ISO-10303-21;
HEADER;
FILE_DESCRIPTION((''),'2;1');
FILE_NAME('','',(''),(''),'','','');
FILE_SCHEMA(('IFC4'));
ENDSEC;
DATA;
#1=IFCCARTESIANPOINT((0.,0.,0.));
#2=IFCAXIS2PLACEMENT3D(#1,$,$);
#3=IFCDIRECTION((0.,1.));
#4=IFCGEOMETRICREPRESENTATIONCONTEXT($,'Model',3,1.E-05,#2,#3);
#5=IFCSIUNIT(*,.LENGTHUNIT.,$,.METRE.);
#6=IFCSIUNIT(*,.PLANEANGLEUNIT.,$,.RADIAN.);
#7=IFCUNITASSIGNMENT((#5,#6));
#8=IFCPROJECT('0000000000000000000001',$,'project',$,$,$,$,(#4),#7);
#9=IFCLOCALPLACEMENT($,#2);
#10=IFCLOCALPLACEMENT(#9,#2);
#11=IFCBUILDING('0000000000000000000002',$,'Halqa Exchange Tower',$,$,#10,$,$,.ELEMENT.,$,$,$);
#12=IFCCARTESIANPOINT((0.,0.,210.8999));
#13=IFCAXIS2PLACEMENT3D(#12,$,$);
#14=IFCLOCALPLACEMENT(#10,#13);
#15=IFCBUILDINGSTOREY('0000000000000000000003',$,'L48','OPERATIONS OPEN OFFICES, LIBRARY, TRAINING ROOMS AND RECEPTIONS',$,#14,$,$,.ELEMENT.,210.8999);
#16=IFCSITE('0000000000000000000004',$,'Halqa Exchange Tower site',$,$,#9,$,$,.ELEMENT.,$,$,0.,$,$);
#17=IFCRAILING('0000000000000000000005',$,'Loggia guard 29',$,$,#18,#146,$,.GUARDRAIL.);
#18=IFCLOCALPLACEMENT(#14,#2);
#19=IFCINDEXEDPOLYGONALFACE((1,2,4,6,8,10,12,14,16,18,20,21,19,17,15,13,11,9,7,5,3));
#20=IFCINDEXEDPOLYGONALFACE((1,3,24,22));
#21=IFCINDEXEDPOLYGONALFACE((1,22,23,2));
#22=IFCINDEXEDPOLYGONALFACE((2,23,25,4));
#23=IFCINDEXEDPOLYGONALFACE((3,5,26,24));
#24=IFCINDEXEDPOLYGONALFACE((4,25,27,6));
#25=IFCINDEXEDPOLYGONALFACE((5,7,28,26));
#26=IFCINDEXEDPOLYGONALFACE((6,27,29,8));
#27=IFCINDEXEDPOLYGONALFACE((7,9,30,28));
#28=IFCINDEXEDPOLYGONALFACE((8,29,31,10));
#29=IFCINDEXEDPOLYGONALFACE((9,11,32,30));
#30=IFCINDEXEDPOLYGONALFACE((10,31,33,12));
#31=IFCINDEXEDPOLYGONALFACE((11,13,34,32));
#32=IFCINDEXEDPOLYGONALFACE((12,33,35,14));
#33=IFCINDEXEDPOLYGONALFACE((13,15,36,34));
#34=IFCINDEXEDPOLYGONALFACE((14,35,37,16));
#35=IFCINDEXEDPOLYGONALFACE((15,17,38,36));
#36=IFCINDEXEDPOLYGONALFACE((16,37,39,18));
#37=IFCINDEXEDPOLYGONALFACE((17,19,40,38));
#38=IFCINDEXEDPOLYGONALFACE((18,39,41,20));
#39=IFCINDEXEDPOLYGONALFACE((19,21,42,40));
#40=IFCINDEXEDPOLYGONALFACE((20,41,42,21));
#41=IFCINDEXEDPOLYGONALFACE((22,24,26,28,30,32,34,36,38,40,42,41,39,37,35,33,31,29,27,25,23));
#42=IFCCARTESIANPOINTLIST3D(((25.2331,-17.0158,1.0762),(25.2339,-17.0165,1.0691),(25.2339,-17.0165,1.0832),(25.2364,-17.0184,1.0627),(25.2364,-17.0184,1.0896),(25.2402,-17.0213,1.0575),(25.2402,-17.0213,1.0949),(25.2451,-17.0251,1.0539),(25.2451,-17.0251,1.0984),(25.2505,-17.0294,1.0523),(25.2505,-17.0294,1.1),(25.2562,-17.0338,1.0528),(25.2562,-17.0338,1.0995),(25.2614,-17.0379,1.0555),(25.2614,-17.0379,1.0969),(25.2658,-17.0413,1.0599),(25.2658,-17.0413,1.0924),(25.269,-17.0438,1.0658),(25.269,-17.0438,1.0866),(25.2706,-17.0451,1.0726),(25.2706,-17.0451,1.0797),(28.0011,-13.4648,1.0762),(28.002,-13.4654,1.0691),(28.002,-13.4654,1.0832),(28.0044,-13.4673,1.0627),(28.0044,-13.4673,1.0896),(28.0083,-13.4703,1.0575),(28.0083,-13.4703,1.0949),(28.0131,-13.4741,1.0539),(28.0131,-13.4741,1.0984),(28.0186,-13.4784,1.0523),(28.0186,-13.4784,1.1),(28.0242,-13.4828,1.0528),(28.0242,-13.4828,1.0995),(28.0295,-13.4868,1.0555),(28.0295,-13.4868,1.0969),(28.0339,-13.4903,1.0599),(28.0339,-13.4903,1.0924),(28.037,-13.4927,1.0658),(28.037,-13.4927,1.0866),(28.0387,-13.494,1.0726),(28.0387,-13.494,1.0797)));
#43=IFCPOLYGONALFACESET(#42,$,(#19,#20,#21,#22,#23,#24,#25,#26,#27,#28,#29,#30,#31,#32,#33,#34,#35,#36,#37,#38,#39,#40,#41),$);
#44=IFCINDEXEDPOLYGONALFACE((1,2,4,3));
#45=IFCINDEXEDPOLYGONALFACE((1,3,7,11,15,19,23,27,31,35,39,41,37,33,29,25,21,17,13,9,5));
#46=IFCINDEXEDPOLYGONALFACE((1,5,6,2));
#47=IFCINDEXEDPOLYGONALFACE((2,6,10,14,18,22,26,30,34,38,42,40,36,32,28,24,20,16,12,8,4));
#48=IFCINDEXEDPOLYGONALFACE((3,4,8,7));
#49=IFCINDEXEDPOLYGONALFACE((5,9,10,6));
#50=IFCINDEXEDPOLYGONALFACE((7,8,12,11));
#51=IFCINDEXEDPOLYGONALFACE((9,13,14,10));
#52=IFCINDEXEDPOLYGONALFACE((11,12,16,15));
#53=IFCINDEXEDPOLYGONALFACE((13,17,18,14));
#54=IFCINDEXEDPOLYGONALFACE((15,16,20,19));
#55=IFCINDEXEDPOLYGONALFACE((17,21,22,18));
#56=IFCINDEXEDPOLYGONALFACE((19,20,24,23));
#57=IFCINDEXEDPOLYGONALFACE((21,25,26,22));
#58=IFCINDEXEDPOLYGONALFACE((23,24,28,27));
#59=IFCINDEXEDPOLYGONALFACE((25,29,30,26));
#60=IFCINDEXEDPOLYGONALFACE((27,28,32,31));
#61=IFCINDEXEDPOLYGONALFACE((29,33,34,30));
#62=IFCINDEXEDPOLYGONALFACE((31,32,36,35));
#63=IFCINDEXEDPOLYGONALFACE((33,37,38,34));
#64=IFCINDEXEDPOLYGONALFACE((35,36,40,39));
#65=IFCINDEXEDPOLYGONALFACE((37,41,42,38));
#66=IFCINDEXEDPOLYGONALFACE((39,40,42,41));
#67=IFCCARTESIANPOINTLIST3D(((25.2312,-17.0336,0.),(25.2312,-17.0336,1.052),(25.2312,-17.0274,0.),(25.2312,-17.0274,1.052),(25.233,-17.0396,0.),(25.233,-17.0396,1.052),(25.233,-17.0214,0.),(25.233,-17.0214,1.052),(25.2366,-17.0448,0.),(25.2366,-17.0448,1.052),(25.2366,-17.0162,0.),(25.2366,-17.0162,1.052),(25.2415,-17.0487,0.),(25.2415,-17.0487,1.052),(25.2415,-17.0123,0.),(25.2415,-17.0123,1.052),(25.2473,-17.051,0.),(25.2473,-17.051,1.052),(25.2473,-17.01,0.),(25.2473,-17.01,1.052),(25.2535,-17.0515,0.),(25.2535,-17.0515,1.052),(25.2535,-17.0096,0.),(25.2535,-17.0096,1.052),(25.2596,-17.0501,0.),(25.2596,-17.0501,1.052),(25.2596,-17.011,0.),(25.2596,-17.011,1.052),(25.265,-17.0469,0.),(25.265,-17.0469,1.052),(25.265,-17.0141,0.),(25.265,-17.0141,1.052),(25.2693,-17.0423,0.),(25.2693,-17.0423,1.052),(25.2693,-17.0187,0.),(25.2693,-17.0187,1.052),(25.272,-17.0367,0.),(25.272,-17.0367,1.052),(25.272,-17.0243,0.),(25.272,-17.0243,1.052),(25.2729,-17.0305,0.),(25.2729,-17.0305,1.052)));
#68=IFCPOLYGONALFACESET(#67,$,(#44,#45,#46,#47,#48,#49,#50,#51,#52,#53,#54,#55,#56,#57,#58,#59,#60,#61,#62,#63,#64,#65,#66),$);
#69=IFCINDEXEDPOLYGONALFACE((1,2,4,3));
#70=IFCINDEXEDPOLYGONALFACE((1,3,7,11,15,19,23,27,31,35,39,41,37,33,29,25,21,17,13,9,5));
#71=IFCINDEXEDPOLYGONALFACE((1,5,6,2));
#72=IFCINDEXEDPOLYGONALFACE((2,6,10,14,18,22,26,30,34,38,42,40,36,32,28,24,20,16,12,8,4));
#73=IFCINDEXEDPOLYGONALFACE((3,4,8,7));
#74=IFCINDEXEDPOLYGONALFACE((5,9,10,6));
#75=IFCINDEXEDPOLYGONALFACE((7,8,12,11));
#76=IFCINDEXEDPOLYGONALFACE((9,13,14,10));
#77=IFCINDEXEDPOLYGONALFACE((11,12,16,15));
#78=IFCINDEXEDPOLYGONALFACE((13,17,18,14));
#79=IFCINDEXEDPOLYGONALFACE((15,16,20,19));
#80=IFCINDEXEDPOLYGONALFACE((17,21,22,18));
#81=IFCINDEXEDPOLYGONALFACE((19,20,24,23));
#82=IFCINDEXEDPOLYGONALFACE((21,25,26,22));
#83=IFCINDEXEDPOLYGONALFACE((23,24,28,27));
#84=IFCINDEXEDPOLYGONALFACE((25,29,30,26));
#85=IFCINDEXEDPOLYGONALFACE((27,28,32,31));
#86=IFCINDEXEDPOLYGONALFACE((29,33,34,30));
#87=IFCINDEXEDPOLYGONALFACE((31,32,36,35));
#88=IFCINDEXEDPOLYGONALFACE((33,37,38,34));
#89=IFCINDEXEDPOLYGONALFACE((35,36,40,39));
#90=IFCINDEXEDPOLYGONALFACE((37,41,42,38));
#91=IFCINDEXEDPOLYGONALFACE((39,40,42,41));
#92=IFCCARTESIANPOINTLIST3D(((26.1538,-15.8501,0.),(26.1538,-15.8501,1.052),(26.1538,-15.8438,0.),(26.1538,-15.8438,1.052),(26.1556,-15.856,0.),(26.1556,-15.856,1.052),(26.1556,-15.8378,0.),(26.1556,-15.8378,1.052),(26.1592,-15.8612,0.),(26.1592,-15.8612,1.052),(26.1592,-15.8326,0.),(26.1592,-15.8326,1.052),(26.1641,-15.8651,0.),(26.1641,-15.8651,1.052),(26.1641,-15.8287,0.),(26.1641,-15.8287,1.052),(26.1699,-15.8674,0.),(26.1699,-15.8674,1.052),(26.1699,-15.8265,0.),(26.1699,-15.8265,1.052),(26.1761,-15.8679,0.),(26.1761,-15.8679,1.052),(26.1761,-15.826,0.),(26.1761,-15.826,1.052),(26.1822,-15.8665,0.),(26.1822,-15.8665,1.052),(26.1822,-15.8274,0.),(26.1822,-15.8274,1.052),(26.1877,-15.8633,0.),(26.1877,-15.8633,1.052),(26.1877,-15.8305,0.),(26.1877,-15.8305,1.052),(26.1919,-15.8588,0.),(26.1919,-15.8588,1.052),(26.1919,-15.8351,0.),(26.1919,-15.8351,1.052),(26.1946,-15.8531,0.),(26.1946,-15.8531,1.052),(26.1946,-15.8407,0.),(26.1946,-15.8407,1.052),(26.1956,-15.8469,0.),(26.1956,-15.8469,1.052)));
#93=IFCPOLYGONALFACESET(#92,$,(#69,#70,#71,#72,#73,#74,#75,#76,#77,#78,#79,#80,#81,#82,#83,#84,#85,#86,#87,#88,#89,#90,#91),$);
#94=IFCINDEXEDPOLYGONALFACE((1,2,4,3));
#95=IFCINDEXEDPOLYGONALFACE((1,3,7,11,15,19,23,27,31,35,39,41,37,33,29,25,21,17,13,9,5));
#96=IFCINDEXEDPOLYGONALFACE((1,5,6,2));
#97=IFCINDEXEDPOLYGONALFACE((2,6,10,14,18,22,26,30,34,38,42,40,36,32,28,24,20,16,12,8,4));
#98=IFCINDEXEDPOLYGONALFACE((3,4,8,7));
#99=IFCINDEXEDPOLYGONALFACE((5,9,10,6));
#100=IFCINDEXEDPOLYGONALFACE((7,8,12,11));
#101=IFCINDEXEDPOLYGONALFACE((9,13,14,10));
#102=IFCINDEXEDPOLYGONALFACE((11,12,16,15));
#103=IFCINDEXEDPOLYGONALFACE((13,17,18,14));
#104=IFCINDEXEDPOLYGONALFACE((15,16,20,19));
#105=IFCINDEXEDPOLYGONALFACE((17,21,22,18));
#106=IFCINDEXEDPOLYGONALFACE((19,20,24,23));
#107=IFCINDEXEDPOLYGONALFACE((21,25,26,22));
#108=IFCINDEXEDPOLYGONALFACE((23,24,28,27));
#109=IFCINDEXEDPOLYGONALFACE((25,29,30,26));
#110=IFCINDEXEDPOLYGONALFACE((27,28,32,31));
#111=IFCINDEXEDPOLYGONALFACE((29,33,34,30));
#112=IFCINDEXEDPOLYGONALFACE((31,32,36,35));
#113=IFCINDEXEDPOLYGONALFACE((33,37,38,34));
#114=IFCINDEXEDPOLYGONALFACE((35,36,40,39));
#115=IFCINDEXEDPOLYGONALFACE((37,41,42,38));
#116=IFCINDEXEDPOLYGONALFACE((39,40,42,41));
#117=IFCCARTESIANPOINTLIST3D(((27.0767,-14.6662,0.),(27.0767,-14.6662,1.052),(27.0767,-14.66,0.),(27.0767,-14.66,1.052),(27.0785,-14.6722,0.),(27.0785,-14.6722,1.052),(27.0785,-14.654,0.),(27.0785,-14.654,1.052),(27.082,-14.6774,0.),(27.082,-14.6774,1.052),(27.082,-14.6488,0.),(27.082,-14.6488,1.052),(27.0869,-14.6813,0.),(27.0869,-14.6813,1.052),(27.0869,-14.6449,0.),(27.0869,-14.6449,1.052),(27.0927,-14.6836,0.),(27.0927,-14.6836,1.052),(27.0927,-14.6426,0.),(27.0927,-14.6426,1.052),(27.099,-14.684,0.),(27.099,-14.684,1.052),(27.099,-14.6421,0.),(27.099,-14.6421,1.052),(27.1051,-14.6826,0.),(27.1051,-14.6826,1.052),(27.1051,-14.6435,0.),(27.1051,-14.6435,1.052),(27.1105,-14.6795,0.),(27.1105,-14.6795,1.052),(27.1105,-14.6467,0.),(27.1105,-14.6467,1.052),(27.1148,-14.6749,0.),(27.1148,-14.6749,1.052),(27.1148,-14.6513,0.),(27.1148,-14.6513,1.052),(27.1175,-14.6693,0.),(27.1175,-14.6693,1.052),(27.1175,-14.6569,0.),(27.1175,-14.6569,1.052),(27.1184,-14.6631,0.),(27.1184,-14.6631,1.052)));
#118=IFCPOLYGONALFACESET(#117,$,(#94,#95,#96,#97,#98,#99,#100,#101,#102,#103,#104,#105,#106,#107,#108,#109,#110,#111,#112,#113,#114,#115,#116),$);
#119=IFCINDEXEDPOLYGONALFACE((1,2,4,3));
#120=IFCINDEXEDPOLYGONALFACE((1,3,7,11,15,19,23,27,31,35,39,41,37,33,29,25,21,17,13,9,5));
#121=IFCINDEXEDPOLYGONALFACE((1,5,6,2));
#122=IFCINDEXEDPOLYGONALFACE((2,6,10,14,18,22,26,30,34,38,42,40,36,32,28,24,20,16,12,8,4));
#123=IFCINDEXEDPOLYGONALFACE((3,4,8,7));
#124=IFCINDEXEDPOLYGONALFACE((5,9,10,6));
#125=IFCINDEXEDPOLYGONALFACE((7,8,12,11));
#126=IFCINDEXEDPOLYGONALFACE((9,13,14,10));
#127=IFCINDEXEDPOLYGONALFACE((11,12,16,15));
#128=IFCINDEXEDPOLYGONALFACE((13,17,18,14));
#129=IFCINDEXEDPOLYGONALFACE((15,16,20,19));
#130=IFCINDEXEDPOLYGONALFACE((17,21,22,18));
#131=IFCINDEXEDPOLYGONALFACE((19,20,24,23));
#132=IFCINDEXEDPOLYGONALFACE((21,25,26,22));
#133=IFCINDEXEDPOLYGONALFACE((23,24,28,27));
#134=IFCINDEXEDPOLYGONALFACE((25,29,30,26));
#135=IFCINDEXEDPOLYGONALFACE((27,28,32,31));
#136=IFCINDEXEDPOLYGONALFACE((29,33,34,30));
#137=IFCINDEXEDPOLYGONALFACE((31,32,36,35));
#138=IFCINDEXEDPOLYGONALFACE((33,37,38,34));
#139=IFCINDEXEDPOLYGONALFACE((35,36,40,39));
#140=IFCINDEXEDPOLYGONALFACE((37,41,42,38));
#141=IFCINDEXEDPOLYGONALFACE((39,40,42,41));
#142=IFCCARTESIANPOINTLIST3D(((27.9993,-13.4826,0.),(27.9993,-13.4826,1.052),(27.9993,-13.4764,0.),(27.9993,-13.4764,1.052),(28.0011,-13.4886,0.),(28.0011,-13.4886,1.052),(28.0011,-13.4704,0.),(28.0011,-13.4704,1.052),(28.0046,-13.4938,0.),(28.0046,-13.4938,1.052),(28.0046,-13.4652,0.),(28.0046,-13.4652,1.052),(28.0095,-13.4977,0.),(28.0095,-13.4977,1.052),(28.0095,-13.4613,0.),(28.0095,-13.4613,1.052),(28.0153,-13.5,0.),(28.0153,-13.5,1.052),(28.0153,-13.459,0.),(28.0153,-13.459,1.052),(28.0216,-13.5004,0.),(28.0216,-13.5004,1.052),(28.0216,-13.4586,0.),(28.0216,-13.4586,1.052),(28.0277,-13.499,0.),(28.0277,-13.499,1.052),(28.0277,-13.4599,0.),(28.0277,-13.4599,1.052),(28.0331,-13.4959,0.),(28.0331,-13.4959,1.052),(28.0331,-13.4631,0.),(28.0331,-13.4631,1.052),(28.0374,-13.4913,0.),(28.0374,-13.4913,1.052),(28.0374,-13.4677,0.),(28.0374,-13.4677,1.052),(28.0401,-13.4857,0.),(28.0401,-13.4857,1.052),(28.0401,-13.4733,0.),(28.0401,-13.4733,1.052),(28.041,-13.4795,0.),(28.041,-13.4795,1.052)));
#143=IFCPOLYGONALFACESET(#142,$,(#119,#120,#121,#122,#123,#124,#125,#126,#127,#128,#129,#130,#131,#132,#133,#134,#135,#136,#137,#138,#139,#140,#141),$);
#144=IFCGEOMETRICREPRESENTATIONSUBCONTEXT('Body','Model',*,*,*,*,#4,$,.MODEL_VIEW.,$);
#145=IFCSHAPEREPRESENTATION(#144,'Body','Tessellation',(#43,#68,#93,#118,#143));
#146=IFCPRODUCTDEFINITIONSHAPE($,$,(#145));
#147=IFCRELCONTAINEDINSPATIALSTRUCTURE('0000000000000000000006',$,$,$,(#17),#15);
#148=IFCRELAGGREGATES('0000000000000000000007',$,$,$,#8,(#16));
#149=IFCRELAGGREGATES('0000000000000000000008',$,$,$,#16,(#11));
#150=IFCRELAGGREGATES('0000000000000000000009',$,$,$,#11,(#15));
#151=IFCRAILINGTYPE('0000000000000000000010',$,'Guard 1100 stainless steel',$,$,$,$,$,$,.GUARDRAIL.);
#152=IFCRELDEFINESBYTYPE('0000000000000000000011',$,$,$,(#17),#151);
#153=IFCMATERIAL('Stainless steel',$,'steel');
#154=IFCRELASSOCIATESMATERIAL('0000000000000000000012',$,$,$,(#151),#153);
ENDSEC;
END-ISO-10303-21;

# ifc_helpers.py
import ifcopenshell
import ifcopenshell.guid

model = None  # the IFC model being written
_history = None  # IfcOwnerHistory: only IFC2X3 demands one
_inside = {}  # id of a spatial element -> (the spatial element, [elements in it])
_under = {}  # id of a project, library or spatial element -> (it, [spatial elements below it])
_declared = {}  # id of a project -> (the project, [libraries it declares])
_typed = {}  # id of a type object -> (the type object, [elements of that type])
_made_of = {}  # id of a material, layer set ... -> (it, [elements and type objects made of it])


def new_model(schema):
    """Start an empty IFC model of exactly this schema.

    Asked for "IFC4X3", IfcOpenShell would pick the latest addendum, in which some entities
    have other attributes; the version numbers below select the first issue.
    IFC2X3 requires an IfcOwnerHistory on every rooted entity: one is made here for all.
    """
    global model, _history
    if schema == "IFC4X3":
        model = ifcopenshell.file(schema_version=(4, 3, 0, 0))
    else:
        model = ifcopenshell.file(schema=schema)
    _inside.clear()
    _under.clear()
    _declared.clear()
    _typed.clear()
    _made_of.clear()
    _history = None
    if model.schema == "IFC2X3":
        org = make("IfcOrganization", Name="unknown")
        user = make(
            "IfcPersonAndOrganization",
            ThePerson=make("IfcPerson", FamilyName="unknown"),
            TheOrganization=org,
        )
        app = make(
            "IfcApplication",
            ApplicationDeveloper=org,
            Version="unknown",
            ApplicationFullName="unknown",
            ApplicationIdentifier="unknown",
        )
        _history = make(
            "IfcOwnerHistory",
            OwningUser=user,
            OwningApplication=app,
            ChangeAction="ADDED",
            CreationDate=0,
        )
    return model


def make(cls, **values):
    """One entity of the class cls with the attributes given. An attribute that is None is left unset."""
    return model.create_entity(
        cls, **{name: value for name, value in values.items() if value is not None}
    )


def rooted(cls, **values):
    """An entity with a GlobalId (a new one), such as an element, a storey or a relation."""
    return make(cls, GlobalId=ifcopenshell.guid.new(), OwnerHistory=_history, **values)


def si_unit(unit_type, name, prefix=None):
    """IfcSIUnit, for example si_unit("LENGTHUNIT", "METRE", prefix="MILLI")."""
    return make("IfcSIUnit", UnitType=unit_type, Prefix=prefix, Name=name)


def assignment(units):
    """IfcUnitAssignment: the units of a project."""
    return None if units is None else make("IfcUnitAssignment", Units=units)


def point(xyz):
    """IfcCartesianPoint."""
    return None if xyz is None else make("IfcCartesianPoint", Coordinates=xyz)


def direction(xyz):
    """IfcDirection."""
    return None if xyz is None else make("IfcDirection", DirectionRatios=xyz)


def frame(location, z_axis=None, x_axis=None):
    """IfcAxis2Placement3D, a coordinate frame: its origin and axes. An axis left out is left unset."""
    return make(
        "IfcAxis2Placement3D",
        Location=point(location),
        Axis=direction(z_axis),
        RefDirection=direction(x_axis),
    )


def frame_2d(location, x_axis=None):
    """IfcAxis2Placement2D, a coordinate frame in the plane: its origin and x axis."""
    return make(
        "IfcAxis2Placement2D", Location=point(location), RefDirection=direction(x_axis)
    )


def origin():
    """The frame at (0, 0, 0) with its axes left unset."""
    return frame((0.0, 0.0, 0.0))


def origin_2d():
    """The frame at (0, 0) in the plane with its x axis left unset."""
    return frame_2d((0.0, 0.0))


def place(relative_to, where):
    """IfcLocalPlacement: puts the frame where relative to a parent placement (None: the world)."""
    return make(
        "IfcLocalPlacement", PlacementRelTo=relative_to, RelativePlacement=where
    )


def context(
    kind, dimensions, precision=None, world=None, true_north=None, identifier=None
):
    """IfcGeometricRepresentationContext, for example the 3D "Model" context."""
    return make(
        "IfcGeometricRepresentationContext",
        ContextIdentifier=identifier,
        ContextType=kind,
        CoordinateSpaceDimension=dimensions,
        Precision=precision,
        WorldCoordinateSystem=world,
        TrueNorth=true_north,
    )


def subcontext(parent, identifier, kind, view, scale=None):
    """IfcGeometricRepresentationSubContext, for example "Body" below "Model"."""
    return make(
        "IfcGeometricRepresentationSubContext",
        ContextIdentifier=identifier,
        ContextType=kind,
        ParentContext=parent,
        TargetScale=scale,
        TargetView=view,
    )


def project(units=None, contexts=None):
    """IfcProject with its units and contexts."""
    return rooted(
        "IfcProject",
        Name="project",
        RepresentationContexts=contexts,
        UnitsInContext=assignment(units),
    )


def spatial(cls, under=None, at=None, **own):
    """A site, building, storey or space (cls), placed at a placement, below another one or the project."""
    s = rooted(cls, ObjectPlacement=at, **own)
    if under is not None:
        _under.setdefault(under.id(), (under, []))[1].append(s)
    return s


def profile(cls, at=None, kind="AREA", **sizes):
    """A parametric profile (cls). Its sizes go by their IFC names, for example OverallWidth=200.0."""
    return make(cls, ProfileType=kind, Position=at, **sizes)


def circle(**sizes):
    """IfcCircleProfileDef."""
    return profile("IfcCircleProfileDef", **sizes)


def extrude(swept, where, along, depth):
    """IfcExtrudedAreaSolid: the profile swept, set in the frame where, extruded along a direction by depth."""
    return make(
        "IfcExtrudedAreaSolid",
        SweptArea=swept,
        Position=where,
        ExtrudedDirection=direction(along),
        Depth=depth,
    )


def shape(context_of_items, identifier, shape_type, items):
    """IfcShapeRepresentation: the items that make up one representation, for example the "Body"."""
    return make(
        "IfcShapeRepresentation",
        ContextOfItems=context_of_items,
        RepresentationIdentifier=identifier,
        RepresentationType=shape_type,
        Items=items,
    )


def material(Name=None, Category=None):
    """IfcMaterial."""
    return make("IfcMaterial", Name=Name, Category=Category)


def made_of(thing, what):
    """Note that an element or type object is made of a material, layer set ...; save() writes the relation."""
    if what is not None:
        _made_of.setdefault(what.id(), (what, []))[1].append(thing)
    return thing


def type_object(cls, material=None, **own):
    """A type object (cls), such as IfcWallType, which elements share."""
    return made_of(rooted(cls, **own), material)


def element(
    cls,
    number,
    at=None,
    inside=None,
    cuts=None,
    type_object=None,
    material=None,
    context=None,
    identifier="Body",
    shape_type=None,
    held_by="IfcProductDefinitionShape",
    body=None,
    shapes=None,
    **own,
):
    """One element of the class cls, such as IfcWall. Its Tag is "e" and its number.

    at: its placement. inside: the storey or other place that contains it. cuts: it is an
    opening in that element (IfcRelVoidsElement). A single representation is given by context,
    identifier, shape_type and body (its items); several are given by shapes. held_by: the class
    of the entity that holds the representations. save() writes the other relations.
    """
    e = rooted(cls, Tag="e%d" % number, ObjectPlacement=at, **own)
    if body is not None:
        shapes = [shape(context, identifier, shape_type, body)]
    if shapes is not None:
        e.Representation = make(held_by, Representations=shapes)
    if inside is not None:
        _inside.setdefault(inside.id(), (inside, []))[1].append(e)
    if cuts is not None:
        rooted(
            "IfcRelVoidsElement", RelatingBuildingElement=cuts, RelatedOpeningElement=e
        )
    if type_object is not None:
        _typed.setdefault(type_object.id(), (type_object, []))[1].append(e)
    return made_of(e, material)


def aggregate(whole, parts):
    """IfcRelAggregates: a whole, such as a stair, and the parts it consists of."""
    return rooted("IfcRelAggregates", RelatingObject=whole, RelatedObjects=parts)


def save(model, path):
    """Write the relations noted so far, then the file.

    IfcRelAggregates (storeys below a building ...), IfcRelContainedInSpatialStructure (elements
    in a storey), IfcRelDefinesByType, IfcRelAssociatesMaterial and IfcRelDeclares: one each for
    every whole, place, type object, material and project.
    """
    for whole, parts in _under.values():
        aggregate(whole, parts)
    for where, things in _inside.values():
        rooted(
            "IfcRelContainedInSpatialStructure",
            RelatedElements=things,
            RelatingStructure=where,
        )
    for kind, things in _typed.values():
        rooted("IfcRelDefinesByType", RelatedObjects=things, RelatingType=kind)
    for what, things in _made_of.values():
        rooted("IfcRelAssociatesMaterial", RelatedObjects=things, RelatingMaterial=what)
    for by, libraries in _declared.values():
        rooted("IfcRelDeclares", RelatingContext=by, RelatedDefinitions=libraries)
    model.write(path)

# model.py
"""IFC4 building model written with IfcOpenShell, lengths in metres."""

from ifc_helpers import new_model, si_unit, direction, frame, origin, origin_2d, place, context, subcontext, project, spatial, circle, extrude, material, type_object, element, save


model = new_model("IFC4")

# Units and contexts
model_context = context("Model", 3, precision=1e-05, world=origin(), true_north=direction((0.0, 1.0)))
body_context = subcontext(model_context, "Body", "Model", "MODEL_VIEW")
ifc_project = project(units=[si_unit("LENGTHUNIT", "METRE"), si_unit("PLANEANGLEUNIT", "RADIAN")], contexts=[model_context])

# Site, building, storey
site_placement = place(None, origin())
site = spatial("IfcSite", under=ifc_project, at=site_placement, Name="Halqa Exchange Tower site", CompositionType="ELEMENT", RefElevation=0.0)
building_placement = place(site_placement, origin())
building = spatial("IfcBuilding", under=site, at=building_placement, Name="Halqa Exchange Tower", CompositionType="ELEMENT")
storey_placement = place(building_placement, frame((0.0, 0.0, 210.8999)))
storey = spatial("IfcBuildingStorey", under=building, at=storey_placement, Name="L48", Description="OPERATIONS OPEN OFFICES, LIBRARY, TRAINING ROOMS AND RECEPTIONS", CompositionType="ELEMENT", Elevation=210.8999)

# Railing
ifc_material_1 = material(Name="Stainless steel", Category="steel")
railing_type = type_object("IfcRailingType", Name="Guard 1100 stainless steel", PredefinedType="GUARDRAIL", material=ifc_material_1)
railing_1_placement = place(storey_placement, frame((25.252, -17.0305, 0.0)))
element("IfcRailing", 1, at=railing_1_placement, inside=storey, type_object=railing_type, Name="Loggia guard 29", PredefinedType="GUARDRAIL", context=body_context, shape_type="SweptSolid", body=[
    extrude(circle(Radius=0.0239, at=origin_2d()), frame((0.0, 0.0, 1.0762), z_axis=(0.614792, 0.788689, 0.0), x_axis=(-0.788689, 0.614792, 0.0)), (0.0, 0.0, 1.0), 4.5024),
    extrude(circle(Radius=0.021, at=origin_2d()), origin(), (0.0, 0.0, 1.0), 1.052),
    extrude(circle(Radius=0.021, at=origin_2d()), frame((0.9226, 1.1836, 0.0)), (0.0, 0.0, 1.0), 1.052),
    extrude(circle(Radius=0.021, at=origin_2d()), frame((1.8455, 2.3674, 0.0)), (0.0, 0.0, 1.0), 1.052),
    extrude(circle(Radius=0.021, at=origin_2d()), frame((2.7681, 3.551, 0.0)), (0.0, 0.0, 1.0), 1.052),
])

save(model, "model.ifc")
